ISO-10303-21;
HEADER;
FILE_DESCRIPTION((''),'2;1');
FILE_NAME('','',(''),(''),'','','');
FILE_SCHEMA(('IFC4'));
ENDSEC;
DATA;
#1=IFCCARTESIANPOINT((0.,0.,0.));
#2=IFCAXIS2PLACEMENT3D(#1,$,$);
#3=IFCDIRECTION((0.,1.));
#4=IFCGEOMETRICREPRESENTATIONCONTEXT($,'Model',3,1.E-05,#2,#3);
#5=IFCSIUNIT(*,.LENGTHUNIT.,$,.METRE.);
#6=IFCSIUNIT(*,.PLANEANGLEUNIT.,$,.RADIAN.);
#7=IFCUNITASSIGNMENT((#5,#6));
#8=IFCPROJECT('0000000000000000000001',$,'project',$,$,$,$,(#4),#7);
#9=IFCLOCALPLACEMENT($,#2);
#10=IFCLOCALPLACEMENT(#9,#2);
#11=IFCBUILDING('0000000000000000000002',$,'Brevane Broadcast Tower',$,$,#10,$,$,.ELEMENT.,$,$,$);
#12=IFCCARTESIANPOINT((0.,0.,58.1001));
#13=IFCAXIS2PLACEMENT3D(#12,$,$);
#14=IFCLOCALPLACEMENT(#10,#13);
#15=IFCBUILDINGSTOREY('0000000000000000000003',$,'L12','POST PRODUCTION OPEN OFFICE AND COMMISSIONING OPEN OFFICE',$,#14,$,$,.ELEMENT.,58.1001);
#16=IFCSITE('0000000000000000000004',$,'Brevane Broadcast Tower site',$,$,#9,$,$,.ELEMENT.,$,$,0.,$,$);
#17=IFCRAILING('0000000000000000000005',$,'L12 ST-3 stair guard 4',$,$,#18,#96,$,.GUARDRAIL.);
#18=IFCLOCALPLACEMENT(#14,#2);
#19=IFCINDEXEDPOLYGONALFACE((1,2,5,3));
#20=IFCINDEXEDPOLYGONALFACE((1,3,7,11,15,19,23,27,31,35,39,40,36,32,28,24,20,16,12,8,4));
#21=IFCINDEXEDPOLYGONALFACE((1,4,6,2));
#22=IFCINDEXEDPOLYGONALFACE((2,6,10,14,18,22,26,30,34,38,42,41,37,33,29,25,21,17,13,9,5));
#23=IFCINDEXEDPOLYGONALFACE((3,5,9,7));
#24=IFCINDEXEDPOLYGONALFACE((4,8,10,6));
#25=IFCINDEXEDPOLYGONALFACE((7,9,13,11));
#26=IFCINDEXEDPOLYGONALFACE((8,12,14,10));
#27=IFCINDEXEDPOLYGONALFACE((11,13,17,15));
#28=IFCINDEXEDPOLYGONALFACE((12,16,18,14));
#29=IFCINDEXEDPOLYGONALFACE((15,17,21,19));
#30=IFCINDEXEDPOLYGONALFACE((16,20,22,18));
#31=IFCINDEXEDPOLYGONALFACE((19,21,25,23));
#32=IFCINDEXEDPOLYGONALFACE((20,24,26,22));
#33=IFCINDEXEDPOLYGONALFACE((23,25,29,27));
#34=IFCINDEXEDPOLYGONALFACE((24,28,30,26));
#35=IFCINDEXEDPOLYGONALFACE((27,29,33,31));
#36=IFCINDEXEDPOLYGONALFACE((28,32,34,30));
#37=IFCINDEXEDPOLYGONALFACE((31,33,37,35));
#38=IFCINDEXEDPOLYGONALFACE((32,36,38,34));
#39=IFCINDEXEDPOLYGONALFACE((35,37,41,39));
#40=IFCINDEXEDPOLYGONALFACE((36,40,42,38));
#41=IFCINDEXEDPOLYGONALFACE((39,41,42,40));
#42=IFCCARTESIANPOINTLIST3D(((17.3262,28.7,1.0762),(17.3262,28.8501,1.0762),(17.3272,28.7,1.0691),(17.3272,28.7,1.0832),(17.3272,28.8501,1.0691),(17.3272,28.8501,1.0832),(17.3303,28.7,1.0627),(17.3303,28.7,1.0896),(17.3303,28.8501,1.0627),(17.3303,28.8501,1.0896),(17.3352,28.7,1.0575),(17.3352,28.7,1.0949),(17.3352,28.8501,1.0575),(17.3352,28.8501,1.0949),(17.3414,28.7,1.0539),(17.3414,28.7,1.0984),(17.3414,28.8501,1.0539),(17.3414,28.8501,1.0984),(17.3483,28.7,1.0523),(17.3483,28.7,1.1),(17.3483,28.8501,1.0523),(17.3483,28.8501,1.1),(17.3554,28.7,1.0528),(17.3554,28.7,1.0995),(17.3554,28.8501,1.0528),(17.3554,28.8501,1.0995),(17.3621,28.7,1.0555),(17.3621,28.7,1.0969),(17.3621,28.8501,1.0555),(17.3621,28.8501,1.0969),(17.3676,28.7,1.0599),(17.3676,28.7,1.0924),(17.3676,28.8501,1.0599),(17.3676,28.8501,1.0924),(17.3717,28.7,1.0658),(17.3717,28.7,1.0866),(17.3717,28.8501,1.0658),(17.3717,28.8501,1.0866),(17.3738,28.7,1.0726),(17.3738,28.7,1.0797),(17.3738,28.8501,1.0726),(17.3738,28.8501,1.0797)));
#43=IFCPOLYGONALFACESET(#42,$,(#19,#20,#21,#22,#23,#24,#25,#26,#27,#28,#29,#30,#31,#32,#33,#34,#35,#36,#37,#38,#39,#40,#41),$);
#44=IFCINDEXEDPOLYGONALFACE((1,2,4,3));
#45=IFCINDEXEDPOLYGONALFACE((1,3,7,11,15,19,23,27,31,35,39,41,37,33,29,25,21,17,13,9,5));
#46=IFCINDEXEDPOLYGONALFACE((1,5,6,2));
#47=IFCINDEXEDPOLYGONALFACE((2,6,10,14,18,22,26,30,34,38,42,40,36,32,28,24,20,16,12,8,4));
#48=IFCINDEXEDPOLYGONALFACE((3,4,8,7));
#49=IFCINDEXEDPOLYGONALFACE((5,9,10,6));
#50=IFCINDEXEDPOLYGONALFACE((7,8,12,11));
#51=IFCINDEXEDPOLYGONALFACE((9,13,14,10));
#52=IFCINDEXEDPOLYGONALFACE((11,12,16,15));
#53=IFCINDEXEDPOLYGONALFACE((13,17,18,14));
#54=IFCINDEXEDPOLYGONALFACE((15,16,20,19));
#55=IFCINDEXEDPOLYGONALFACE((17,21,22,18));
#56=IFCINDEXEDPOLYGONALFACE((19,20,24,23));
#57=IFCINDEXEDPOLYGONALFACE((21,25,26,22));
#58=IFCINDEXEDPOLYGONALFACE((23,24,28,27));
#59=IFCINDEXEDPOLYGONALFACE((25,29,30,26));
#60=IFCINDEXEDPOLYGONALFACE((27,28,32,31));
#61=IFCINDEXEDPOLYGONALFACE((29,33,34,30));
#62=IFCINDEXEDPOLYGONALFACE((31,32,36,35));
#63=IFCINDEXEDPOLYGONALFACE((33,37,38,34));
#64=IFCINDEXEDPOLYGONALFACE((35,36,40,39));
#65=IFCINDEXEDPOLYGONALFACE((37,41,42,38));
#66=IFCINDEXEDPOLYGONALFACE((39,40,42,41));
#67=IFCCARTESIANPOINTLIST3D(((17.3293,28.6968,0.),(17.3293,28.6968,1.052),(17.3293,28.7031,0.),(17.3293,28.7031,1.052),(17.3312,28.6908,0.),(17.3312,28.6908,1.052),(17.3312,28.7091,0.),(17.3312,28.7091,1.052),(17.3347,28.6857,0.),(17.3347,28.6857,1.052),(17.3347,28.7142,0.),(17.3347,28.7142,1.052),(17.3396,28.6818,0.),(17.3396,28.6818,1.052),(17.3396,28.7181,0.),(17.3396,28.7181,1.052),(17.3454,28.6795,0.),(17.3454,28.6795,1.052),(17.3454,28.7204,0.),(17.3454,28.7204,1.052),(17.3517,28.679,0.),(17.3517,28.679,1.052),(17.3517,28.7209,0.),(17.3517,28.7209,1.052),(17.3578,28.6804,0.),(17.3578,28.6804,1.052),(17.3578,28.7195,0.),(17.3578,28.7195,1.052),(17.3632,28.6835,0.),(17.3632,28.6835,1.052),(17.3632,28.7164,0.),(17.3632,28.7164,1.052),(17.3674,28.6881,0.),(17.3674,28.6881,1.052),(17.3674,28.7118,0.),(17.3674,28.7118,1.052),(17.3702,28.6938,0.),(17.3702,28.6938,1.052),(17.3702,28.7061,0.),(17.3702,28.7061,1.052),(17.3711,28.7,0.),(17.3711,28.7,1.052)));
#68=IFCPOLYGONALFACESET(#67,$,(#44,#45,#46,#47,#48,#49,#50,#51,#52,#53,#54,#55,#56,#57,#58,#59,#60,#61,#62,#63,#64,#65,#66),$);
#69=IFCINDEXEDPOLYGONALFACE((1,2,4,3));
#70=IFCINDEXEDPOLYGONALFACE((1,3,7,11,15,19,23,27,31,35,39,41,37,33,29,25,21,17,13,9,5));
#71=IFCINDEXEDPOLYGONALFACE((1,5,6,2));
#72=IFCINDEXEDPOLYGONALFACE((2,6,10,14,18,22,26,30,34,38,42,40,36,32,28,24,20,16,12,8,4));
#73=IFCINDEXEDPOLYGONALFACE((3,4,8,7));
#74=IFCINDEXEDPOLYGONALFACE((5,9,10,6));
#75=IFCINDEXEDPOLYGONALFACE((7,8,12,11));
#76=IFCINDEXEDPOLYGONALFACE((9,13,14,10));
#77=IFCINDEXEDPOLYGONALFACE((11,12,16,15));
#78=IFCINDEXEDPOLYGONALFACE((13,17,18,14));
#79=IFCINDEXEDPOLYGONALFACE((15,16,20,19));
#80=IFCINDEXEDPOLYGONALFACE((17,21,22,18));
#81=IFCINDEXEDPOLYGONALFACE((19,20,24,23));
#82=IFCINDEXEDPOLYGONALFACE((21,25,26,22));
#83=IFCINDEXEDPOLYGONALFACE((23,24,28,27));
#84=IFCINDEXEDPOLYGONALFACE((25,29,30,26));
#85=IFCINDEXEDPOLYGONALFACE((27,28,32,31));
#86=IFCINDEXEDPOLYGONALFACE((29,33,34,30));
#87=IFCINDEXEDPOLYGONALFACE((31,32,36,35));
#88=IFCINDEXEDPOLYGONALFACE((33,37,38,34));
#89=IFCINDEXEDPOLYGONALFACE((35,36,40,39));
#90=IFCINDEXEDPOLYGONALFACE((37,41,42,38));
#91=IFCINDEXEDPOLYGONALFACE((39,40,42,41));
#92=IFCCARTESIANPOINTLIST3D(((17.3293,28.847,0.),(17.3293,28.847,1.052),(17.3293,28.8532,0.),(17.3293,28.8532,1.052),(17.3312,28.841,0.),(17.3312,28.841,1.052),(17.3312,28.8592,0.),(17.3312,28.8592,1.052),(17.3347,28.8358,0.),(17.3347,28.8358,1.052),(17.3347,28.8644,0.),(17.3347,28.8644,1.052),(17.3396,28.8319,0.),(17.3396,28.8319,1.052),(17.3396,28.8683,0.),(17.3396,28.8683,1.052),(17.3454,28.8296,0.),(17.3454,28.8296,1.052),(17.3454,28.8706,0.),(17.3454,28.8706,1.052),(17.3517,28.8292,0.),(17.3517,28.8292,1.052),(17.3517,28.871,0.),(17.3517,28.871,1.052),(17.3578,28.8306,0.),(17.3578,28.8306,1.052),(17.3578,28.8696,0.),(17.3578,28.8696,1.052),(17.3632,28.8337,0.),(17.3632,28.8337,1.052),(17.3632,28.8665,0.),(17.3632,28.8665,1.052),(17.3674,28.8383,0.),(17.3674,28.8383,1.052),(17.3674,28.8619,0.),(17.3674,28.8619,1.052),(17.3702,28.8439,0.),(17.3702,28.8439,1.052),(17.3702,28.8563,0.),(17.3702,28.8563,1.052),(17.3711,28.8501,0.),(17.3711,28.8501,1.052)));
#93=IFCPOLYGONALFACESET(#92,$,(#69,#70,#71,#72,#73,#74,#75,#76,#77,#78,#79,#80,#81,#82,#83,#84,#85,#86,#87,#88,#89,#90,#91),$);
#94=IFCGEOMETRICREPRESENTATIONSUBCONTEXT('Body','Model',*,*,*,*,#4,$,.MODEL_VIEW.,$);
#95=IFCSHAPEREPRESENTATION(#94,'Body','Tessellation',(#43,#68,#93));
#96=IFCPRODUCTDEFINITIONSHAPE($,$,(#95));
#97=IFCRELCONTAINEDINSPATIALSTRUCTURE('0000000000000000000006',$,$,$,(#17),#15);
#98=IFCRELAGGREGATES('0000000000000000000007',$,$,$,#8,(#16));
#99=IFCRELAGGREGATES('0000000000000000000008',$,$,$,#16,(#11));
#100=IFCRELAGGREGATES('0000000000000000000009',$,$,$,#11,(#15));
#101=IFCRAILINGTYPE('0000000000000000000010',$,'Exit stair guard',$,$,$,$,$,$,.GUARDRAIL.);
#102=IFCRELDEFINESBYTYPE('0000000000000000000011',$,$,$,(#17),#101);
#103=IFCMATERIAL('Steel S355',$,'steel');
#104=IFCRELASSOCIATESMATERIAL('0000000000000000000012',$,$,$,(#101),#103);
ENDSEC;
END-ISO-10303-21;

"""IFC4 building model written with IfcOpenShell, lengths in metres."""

from ifc_helpers import new_model, si_unit, direction, frame, origin, origin_2d, place, context, subcontext, project, spatial, circle, extrude, material, type_object, element, save


model = new_model("IFC4")

# Units and contexts
model_context = context("Model", 3, precision=1e-05, world=origin(), true_north=direction((0.0, 1.0)))
body_context = subcontext(model_context, "Body", "Model", "MODEL_VIEW")
ifc_project = project(units=[si_unit("LENGTHUNIT", "METRE"), si_unit("PLANEANGLEUNIT", "RADIAN")], contexts=[model_context])

# Site, building, storey
site_placement = place(None, origin())
site = spatial("IfcSite", under=ifc_project, at=site_placement, Name="Brevane Broadcast Tower site", CompositionType="ELEMENT", RefElevation=0.0)
building_placement = place(site_placement, origin())
building = spatial("IfcBuilding", under=site, at=building_placement, Name="Brevane Broadcast Tower", CompositionType="ELEMENT")
storey_placement = place(building_placement, frame((0.0, 0.0, 58.1001)))
storey = spatial("IfcBuildingStorey", under=building, at=storey_placement, Name="L12", Description="POST PRODUCTION OPEN OFFICE AND COMMISSIONING OPEN OFFICE", CompositionType="ELEMENT", Elevation=58.1001)

# Railing
ifc_material_1 = material(Name="Steel S355", Category="steel")
railing_type_1 = type_object("IfcRailingType", Name="Exit stair guard", PredefinedType="GUARDRAIL", material=ifc_material_1)
railing_1_placement = place(storey_placement, frame((17.3501, 28.7, 0.0)))
element("IfcRailing", 1, at=railing_1_placement, inside=storey, type_object=railing_type_1, Name="L12 ST-3 stair guard 4", PredefinedType="GUARDRAIL", context=body_context, shape_type="SweptSolid", body=[
    extrude(circle(Radius=0.0239, at=origin_2d()), frame((0.0, 0.0, 1.0762), z_axis=(0.0, 1.0, 0.0), x_axis=(-1.0, 0.0, 0.0)), (0.0, 0.0, 1.0), 0.1501),
    extrude(circle(Radius=0.021, at=origin_2d()), origin(), (0.0, 0.0, 1.0), 1.052),
    extrude(circle(Radius=0.021, at=origin_2d()), frame((0.0, 0.1501, 0.0)), (0.0, 0.0, 1.0), 1.052),
])

save(model, "model.ifc")
